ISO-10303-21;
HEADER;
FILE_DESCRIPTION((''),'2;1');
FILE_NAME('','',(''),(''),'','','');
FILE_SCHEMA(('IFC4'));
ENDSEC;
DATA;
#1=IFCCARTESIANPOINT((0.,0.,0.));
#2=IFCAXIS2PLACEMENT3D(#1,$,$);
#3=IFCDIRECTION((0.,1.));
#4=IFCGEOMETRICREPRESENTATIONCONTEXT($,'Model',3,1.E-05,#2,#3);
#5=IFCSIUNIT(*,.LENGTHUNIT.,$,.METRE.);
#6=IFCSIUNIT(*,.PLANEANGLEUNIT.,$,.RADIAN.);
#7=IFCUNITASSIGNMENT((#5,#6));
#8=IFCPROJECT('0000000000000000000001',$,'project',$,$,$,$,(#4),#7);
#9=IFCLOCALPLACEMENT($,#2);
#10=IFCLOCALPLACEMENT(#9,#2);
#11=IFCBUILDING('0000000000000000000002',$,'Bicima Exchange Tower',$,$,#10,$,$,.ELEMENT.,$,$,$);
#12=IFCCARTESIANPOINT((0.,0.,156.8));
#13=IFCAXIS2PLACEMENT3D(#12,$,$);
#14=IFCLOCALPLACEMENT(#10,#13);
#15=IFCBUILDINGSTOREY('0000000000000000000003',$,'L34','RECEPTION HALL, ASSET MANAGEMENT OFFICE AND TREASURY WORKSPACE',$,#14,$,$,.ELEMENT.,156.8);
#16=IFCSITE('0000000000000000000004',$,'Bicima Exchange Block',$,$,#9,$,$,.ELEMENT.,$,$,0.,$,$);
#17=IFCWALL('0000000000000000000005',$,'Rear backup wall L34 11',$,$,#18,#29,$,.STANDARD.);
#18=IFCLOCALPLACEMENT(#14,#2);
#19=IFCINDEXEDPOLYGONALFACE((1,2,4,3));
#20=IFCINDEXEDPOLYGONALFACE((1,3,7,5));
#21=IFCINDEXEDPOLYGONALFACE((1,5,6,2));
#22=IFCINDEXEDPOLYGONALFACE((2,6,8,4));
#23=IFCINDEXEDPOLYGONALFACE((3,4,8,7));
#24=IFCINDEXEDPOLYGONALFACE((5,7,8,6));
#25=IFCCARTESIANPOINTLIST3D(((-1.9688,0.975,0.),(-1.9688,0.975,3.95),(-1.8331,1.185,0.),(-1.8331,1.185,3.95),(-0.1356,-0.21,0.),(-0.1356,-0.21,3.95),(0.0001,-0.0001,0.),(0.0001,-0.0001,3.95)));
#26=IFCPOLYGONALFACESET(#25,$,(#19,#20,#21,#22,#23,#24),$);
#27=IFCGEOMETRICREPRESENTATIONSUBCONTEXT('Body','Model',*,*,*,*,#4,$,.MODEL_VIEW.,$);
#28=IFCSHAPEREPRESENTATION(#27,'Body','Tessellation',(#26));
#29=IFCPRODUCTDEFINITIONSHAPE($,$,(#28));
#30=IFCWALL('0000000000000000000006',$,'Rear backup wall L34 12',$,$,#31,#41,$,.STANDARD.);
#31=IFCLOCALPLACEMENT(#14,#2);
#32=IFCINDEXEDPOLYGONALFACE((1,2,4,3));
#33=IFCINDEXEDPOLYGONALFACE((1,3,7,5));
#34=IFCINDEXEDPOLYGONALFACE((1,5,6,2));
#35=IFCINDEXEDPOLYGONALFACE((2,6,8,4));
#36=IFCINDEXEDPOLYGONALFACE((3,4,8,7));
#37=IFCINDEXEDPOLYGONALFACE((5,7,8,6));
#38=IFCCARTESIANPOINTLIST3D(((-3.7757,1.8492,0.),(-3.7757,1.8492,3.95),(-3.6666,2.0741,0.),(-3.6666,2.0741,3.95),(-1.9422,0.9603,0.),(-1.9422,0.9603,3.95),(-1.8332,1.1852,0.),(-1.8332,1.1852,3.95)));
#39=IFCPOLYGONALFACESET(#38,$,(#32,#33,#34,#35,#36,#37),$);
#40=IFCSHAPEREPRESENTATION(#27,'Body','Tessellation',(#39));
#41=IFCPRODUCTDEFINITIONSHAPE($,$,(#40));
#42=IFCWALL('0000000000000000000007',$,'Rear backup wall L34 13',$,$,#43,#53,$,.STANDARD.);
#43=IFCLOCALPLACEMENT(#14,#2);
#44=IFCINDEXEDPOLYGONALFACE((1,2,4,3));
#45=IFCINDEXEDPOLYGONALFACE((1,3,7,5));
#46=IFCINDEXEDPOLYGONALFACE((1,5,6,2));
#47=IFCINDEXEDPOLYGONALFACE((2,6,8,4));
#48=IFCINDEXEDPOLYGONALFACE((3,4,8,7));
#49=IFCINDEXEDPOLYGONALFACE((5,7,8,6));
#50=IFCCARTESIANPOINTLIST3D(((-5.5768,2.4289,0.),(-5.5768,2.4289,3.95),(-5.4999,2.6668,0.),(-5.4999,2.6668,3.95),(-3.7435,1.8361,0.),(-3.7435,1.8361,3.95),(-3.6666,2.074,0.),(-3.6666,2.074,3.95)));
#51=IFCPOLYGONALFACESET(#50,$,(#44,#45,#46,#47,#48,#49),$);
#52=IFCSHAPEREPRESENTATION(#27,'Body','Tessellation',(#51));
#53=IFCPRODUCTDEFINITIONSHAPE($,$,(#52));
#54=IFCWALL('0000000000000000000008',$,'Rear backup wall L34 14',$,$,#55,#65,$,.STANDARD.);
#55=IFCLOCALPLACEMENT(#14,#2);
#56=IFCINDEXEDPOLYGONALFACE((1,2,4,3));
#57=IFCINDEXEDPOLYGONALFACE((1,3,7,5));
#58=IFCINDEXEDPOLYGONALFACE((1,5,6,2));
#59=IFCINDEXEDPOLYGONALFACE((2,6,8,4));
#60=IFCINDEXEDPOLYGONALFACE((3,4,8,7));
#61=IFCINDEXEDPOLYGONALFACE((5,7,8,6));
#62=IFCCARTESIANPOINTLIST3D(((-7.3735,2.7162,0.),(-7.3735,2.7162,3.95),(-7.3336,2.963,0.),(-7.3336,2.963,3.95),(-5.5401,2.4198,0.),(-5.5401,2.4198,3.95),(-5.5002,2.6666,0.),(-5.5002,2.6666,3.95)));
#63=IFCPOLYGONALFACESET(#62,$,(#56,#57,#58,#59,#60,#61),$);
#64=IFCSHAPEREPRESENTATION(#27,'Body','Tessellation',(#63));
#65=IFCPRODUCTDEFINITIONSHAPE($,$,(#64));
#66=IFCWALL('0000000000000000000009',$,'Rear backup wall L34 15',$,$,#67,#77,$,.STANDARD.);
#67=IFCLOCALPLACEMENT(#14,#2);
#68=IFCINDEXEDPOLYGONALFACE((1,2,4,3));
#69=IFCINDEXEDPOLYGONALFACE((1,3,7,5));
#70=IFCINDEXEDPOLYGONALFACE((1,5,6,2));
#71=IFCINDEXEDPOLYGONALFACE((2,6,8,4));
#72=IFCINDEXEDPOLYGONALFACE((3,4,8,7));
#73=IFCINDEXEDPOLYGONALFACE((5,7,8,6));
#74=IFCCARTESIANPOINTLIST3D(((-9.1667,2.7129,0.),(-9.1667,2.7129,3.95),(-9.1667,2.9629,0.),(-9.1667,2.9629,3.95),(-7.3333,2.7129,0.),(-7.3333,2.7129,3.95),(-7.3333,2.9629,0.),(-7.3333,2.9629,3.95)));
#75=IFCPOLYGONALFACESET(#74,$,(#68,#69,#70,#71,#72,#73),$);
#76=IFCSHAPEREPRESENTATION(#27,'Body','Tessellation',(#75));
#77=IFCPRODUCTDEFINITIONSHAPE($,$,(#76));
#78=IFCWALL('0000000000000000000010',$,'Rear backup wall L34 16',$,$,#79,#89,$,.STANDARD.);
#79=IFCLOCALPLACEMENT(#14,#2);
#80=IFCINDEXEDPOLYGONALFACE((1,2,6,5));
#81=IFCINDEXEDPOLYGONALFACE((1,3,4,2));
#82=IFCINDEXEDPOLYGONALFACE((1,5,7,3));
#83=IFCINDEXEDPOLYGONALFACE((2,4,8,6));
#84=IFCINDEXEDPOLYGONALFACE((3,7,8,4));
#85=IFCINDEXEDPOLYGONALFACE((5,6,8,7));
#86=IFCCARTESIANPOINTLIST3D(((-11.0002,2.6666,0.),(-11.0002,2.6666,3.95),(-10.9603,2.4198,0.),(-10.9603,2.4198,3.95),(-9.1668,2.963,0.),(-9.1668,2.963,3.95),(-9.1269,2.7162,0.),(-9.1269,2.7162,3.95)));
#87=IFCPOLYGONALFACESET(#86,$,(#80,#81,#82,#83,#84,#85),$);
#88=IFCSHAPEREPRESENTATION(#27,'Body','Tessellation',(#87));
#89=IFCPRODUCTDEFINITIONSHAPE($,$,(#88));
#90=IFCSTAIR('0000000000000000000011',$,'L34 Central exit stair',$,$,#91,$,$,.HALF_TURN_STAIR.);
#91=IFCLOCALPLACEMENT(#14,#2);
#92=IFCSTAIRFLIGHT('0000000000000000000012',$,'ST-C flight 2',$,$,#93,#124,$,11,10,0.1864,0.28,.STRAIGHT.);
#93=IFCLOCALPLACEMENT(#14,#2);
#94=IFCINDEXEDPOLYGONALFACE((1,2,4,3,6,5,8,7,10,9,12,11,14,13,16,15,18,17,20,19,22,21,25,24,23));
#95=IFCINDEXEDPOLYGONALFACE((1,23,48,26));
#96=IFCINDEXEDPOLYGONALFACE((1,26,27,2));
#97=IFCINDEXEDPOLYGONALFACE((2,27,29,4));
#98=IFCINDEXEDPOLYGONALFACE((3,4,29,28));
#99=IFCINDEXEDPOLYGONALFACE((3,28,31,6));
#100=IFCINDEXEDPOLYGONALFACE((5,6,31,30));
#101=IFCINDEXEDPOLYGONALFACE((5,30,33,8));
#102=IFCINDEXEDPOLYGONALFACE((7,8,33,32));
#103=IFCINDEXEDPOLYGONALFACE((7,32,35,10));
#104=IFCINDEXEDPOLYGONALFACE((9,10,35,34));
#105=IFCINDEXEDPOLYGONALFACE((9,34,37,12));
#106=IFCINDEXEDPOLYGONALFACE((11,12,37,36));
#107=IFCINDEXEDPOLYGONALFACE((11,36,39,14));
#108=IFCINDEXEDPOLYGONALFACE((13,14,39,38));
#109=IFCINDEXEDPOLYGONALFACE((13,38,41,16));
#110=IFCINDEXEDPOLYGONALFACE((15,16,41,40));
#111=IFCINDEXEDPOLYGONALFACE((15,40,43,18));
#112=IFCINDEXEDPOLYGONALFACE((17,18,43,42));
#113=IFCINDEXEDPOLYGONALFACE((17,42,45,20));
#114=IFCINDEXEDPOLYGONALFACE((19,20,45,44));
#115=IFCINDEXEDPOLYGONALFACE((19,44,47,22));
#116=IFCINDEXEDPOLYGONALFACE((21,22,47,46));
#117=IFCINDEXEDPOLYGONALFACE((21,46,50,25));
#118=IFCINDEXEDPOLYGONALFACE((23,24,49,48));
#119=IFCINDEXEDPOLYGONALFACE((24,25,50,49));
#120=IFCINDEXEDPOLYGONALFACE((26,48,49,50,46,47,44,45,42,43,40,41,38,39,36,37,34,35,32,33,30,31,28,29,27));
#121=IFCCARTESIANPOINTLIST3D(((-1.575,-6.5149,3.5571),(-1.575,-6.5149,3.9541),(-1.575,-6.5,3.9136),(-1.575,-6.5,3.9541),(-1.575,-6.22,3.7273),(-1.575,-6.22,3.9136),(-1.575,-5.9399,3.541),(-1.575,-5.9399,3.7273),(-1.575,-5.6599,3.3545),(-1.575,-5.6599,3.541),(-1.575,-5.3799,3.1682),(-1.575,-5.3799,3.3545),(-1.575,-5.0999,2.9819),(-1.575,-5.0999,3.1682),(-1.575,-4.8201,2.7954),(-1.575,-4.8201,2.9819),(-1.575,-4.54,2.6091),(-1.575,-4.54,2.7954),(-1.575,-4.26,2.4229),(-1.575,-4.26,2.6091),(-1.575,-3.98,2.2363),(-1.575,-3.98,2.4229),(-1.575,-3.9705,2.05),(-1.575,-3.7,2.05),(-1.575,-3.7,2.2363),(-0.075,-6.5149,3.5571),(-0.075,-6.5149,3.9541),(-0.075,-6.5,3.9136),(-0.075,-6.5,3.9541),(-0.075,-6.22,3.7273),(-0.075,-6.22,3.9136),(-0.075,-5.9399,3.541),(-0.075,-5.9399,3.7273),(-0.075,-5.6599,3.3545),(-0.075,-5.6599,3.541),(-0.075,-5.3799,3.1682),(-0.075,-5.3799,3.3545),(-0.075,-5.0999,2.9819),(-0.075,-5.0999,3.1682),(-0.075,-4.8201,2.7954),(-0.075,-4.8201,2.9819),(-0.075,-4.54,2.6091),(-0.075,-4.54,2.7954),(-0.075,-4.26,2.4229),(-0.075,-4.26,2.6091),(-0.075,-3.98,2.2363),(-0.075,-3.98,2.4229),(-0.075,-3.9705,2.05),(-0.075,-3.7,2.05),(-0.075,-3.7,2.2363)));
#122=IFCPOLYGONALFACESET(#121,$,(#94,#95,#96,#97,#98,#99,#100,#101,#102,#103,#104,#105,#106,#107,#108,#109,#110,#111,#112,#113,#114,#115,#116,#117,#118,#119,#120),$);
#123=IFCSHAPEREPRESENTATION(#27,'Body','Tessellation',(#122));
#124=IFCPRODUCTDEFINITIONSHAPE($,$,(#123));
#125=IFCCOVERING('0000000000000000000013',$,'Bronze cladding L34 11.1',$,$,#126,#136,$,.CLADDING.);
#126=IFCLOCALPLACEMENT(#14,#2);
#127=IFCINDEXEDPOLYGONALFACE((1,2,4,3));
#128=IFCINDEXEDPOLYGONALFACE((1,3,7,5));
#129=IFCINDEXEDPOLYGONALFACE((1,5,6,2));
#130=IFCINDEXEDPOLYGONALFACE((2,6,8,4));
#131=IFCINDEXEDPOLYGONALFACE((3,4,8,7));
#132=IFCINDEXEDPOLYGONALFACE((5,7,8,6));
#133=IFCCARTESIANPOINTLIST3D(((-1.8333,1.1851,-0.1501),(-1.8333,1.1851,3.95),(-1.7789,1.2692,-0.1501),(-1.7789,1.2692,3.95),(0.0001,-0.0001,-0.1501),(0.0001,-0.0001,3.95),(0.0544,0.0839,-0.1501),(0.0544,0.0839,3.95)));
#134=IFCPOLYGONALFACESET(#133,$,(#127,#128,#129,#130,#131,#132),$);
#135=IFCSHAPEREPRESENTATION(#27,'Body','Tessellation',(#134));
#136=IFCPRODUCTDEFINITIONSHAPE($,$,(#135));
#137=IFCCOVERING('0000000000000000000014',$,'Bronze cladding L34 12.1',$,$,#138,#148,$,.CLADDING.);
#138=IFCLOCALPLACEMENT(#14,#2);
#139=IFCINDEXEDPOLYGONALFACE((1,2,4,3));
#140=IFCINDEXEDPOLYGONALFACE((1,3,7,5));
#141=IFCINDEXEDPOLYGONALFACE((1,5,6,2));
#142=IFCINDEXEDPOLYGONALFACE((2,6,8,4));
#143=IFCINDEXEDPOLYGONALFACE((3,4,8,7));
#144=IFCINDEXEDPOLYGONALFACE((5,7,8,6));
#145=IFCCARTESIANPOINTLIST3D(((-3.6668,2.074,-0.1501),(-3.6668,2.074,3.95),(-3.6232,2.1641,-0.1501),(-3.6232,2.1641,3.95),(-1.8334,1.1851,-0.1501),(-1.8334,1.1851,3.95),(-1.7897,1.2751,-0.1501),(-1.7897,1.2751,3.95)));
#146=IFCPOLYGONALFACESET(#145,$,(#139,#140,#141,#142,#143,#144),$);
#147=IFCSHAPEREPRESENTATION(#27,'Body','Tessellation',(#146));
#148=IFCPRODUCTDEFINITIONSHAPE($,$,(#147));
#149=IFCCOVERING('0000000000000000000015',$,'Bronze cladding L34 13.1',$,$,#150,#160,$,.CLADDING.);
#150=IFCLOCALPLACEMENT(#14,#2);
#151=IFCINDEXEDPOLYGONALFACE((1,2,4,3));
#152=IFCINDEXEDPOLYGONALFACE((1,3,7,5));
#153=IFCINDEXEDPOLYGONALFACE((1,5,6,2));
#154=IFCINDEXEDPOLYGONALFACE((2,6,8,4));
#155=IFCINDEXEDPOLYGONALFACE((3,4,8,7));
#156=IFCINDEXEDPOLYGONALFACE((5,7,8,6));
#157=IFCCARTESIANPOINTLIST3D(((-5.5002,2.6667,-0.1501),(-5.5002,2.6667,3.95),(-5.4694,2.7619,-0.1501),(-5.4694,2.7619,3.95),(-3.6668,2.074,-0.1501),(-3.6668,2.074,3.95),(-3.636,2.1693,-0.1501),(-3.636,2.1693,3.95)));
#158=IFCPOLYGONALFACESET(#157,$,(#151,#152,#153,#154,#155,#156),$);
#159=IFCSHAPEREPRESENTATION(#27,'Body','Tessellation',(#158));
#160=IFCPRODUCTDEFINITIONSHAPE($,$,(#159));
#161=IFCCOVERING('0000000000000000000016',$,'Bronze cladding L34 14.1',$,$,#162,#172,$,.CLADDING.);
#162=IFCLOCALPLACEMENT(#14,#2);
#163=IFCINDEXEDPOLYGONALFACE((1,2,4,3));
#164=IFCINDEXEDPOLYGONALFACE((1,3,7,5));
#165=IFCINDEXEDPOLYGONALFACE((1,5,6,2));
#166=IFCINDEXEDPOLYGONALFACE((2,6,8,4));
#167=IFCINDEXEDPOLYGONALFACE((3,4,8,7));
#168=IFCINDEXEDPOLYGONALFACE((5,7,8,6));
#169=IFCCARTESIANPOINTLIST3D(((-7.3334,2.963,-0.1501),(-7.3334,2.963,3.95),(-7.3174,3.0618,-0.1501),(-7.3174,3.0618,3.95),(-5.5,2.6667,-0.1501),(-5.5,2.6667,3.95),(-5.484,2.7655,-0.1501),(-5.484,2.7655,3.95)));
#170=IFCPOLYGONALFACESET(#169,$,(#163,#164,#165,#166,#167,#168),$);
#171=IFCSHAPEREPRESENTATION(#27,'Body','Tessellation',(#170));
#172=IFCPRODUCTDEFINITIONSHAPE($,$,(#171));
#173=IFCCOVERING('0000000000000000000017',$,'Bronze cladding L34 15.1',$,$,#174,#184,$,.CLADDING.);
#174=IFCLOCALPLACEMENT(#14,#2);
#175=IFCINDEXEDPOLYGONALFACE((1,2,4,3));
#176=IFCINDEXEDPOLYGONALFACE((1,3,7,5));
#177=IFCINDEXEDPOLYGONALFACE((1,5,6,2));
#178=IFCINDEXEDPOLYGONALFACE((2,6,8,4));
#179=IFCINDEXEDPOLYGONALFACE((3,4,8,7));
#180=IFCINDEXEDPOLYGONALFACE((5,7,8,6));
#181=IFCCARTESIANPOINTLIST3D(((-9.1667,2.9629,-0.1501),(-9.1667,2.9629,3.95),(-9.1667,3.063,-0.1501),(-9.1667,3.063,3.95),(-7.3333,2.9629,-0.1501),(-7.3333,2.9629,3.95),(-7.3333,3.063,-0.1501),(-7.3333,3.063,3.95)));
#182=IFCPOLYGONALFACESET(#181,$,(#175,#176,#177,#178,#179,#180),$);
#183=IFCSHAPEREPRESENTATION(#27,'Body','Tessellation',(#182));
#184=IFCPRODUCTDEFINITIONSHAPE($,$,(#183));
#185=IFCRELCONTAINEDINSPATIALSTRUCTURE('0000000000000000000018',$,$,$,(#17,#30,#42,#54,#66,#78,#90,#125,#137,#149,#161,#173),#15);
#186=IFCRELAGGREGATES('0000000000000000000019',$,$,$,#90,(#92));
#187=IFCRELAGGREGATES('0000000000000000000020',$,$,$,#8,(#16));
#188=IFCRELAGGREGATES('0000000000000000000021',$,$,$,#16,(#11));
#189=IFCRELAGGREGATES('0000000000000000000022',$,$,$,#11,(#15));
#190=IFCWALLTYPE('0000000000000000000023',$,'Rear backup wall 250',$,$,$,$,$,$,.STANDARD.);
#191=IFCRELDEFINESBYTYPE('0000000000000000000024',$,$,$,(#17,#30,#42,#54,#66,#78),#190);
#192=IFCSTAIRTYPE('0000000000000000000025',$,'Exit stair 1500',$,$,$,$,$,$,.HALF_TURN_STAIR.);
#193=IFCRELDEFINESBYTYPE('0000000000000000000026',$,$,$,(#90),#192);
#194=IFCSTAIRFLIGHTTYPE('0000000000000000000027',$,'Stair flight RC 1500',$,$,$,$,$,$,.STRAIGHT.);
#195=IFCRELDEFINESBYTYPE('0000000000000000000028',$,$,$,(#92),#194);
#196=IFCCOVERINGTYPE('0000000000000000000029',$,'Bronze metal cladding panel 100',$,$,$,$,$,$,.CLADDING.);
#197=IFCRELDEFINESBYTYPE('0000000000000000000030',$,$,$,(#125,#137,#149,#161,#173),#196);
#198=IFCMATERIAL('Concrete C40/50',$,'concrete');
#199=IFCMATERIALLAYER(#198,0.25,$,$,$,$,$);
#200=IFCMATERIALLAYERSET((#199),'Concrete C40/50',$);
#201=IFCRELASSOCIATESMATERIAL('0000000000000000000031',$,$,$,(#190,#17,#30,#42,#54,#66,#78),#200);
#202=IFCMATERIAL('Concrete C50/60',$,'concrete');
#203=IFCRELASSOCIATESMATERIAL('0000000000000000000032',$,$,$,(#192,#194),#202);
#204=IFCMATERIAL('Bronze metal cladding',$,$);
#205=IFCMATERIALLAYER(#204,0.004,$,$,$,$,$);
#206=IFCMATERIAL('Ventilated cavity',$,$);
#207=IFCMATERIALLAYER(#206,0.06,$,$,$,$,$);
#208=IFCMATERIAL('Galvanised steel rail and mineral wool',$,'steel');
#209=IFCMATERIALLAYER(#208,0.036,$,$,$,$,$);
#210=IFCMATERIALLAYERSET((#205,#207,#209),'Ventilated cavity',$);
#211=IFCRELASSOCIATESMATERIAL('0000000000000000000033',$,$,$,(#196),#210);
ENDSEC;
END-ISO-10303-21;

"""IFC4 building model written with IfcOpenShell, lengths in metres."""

from ifc_helpers import new_model, si_unit, direction, frame, frame_2d, origin, origin_2d, place, context, subcontext, project, spatial, polyline, rectangle, outline, extrude, material, layer, layer_set, layer_usage, type_object, element, aggregate, save


model = new_model("IFC4")

# Units and contexts
model_context = context("Model", 3, precision=1e-05, world=origin(), true_north=direction((0.0, 1.0)))
body_context = subcontext(model_context, "Body", "Model", "MODEL_VIEW")
ifc_project = project(units=[si_unit("LENGTHUNIT", "METRE"), si_unit("PLANEANGLEUNIT", "RADIAN")], contexts=[model_context])

# Site, building, storey
site_placement = place(None, origin())
site = spatial("IfcSite", under=ifc_project, at=site_placement, Name="Bicima Exchange Block", CompositionType="ELEMENT", RefElevation=0.0)
building_placement = place(site_placement, origin())
building = spatial("IfcBuilding", under=site, at=building_placement, Name="Bicima Exchange Tower", CompositionType="ELEMENT")
storey_placement = place(building_placement, frame((0.0, 0.0, 156.8)))
storey = spatial("IfcBuildingStorey", under=building, at=storey_placement, Name="L34", Description="RECEPTION HALL, ASSET MANAGEMENT OFFICE AND TREASURY WORKSPACE", CompositionType="ELEMENT", Elevation=156.8)

# Shared definitions
ifc_material_1 = material(Name="Concrete C50/60", Category="concrete")

# Walls
ifc_material_2 = material(Name="Concrete C40/50", Category="concrete")
ifc_layer_1 = layer(ifc_material_2, 0.25)
ifc_layer_set_1 = layer_set([ifc_layer_1], Name="Concrete C40/50")
ifc_layer_usage = layer_usage(ifc_layer_set_1, "AXIS2", "POSITIVE", -0.125)
wall_type_1 = type_object("IfcWallType", Name="Rear backup wall 250", PredefinedType="STANDARD", material=ifc_layer_set_1)
wall_1_placement = place(storey_placement, frame((-0.0679, -0.105, 0.0), z_axis=(0.0, 0.0, 1.0), x_axis=(-0.839813, 0.542876, 0.0)))
element("IfcWall", 1, at=wall_1_placement, inside=storey, type_object=wall_type_1, material=ifc_layer_usage, Name="Rear backup wall L34 11", PredefinedType="STANDARD", context=body_context, shape_type="SweptSolid", body=[
    extrude(rectangle(XDim=2.1829, YDim=0.25, at=frame_2d((1.0913, 0.0))), origin(), (0.0, 0.0, 1.0), 3.95),
])
wall_2_placement = place(storey_placement, frame((-1.8877, 1.0728, 0.0), z_axis=(0.0, 0.0, 1.0), x_axis=(-0.899824, 0.436253, 0.0)))
element("IfcWall", 2, at=wall_2_placement, inside=storey, type_object=wall_type_1, material=ifc_layer_usage, Name="Rear backup wall L34 12", PredefinedType="STANDARD", context=body_context, shape_type="SweptSolid", body=[
    extrude(rectangle(XDim=2.0376, YDim=0.25, at=frame_2d((1.0188, 0.0))), origin(), (0.0, 0.0, 1.0), 3.95),
])
wall_3_placement = place(storey_placement, frame((-3.7051, 1.9551, 0.0), z_axis=(0.0, 0.0, 1.0), x_axis=(-0.951496, 0.307662, 0.0)))
element("IfcWall", 3, at=wall_3_placement, inside=storey, type_object=wall_type_1, material=ifc_layer_usage, Name="Rear backup wall L34 13", PredefinedType="STANDARD", context=body_context, shape_type="SweptSolid", body=[
    extrude(rectangle(XDim=1.9268, YDim=0.25, at=frame_2d((0.9634, 0.0))), origin(), (0.0, 0.0, 1.0), 3.95),
])
wall_4_placement = place(storey_placement, frame((-5.52, 2.5432, 0.0), z_axis=(0.0, 0.0, 1.0), x_axis=(-0.987182, 0.1596, 0.0)))
element("IfcWall", 4, at=wall_4_placement, inside=storey, type_object=wall_type_1, material=ifc_layer_usage, Name="Rear backup wall L34 14", PredefinedType="STANDARD", context=body_context, shape_type="SweptSolid", body=[
    extrude(rectangle(XDim=1.8572, YDim=0.25, at=frame_2d((0.9287, 0.0))), origin(), (0.0, 0.0, 1.0), 3.95),
])
wall_5_placement = place(storey_placement, frame((-7.3333, 2.8379, 0.0), z_axis=(0.0, 0.0, 1.0), x_axis=(-1.0, 0.0, 0.0)))
element("IfcWall", 5, at=wall_5_placement, inside=storey, type_object=wall_type_1, material=ifc_layer_usage, Name="Rear backup wall L34 15", PredefinedType="STANDARD", context=body_context, shape_type="SweptSolid", body=[
    extrude(rectangle(XDim=1.8335, YDim=0.25, at=frame_2d((0.9167, 0.0))), origin(), (0.0, 0.0, 1.0), 3.95),
])
wall_6_placement = place(storey_placement, frame((-9.1467, 2.8396, 0.0), z_axis=(0.0, 0.0, 1.0), x_axis=(-0.987182, -0.1596, 0.0)))
element("IfcWall", 6, at=wall_6_placement, inside=storey, type_object=wall_type_1, material=ifc_layer_usage, Name="Rear backup wall L34 16", PredefinedType="STANDARD", context=body_context, shape_type="SweptSolid", body=[
    extrude(rectangle(XDim=1.8572, YDim=0.25, at=frame_2d((0.9287, 0.0))), origin(), (0.0, 0.0, 1.0), 3.95),
])

# Stair, stair flight
stair_type = type_object("IfcStairType", Name="Exit stair 1500", PredefinedType="HALF_TURN_STAIR", material=ifc_material_1)
stair_placement = place(storey_placement, origin())
stair = element("IfcStair", 7, at=stair_placement, inside=storey, type_object=stair_type, Name="L34 Central exit stair", PredefinedType="HALF_TURN_STAIR")
stair_flight_type = type_object("IfcStairFlightType", Name="Stair flight RC 1500", PredefinedType="STRAIGHT", material=ifc_material_1)
stair_flight_placement = place(storey_placement, frame((-0.825, -3.7, 2.05), z_axis=(0.0, 0.0, 1.0), x_axis=(0.0, -1.0, 0.0)))
stair_flight = element("IfcStairFlight", 8, at=stair_flight_placement, type_object=stair_flight_type, Name="ST-C flight 2", NumberOfRisers=11, NumberOfTreads=10, PredefinedType="STRAIGHT", RiserHeight=0.1864, TreadLength=0.28, context=body_context, shape_type="SweptSolid", body=[
    extrude(outline(polyline([(0.0, 0.0), (0.0, 0.1863), (0.28, 0.1863), (0.28, 0.3728), (0.5601, 0.3728), (0.5601, 0.5591), (0.8401, 0.5591), (0.8401, 0.7454), (1.1201, 0.7454), (1.1201, 0.9319), (1.3999, 0.9319), (1.3999, 1.1182), (1.6799, 1.1182), (1.6799, 1.3044), (1.96, 1.3044), (1.96, 1.491), (2.24, 1.491), (2.24, 1.6772), (2.52, 1.6772), (2.52, 1.8635), (2.8, 1.8635), (2.8, 1.9041), (2.8149, 1.9041), (2.8149, 1.5071), (0.2705, 0.0), (0.0, 0.0)])), frame((0.0, 0.75, 0.0), z_axis=(0.0, -1.0, 0.0), x_axis=(1.0, 0.0, 0.0)), (0.0, 0.0, 1.0), 1.5),
])
aggregate(stair, [stair_flight])

# Coverings
ifc_material_3 = material(Name="Bronze metal cladding")
ifc_layer_2 = layer(ifc_material_3, 0.004)
ifc_material_4 = material(Name="Ventilated cavity")
ifc_layer_3 = layer(ifc_material_4, 0.06)
ifc_material_5 = material(Name="Galvanised steel rail and mineral wool", Category="steel")
ifc_layer_4 = layer(ifc_material_5, 0.036)
ifc_layer_set_2 = layer_set([ifc_layer_2, ifc_layer_3, ifc_layer_4], Name="Ventilated cavity")
covering_type = type_object("IfcCoveringType", Name="Bronze metal cladding panel 100", PredefinedType="CLADDING", material=ifc_layer_set_2)
covering_1_placement = place(storey_placement, frame((-0.8894, 0.6345, -0.1501), z_axis=(0.0, 0.0, 1.0), x_axis=(-0.83979, 0.542911, 0.0)))
element("IfcCovering", 9, at=covering_1_placement, inside=storey, type_object=covering_type, Name="Bronze cladding L34 11.1", PredefinedType="CLADDING", context=body_context, shape_type="SweptSolid", body=[
    extrude(rectangle(XDim=2.1831, YDim=0.1001, at=origin_2d()), origin(), (0.0, 0.0, 1.0), 4.1001),
])
covering_2_placement = place(storey_placement, frame((-2.7283, 1.6746, -0.1501), z_axis=(0.0, 0.0, 1.0), x_axis=(-0.899818, 0.436265, 0.0)))
element("IfcCovering", 10, at=covering_2_placement, inside=storey, type_object=covering_type, Name="Bronze cladding L34 12.1", PredefinedType="CLADDING", context=body_context, shape_type="SweptSolid", body=[
    extrude(rectangle(XDim=2.0376, YDim=0.1001, at=origin_2d()), origin(), (0.0, 0.0, 1.0), 4.1001),
])
covering_3_placement = place(storey_placement, frame((-4.5681, 2.418, -0.1501), z_axis=(0.0, 0.0, 1.0), x_axis=(-0.951525, 0.307573, 0.0)))
element("IfcCovering", 11, at=covering_3_placement, inside=storey, type_object=covering_type, Name="Bronze cladding L34 13.1", PredefinedType="CLADDING", context=body_context, shape_type="SweptSolid", body=[
    extrude(rectangle(XDim=1.9268, YDim=0.1001, at=origin_2d()), origin(), (0.0, 0.0, 1.0), 4.1001),
])
covering_4_placement = place(storey_placement, frame((-6.4087, 2.8643, -0.1501), z_axis=(0.0, 0.0, 1.0), x_axis=(-0.98719, 0.15955, 0.0)))
element("IfcCovering", 12, at=covering_4_placement, inside=storey, type_object=covering_type, Name="Bronze cladding L34 14.1", PredefinedType="CLADDING", context=body_context, shape_type="SweptSolid", body=[
    extrude(rectangle(XDim=1.8572, YDim=0.1001, at=origin_2d()), origin(), (0.0, 0.0, 1.0), 4.1001),
])
covering_5_placement = place(storey_placement, frame((-8.25, 3.0129, -0.1501), z_axis=(0.0, 0.0, 1.0), x_axis=(-1.0, 0.0, 0.0)))
element("IfcCovering", 13, at=covering_5_placement, inside=storey, type_object=covering_type, Name="Bronze cladding L34 15.1", PredefinedType="CLADDING", context=body_context, shape_type="SweptSolid", body=[
    extrude(rectangle(XDim=1.8335, YDim=0.1001, at=origin_2d()), origin(), (0.0, 0.0, 1.0), 4.1001),
])

save(model, "model.ifc")
